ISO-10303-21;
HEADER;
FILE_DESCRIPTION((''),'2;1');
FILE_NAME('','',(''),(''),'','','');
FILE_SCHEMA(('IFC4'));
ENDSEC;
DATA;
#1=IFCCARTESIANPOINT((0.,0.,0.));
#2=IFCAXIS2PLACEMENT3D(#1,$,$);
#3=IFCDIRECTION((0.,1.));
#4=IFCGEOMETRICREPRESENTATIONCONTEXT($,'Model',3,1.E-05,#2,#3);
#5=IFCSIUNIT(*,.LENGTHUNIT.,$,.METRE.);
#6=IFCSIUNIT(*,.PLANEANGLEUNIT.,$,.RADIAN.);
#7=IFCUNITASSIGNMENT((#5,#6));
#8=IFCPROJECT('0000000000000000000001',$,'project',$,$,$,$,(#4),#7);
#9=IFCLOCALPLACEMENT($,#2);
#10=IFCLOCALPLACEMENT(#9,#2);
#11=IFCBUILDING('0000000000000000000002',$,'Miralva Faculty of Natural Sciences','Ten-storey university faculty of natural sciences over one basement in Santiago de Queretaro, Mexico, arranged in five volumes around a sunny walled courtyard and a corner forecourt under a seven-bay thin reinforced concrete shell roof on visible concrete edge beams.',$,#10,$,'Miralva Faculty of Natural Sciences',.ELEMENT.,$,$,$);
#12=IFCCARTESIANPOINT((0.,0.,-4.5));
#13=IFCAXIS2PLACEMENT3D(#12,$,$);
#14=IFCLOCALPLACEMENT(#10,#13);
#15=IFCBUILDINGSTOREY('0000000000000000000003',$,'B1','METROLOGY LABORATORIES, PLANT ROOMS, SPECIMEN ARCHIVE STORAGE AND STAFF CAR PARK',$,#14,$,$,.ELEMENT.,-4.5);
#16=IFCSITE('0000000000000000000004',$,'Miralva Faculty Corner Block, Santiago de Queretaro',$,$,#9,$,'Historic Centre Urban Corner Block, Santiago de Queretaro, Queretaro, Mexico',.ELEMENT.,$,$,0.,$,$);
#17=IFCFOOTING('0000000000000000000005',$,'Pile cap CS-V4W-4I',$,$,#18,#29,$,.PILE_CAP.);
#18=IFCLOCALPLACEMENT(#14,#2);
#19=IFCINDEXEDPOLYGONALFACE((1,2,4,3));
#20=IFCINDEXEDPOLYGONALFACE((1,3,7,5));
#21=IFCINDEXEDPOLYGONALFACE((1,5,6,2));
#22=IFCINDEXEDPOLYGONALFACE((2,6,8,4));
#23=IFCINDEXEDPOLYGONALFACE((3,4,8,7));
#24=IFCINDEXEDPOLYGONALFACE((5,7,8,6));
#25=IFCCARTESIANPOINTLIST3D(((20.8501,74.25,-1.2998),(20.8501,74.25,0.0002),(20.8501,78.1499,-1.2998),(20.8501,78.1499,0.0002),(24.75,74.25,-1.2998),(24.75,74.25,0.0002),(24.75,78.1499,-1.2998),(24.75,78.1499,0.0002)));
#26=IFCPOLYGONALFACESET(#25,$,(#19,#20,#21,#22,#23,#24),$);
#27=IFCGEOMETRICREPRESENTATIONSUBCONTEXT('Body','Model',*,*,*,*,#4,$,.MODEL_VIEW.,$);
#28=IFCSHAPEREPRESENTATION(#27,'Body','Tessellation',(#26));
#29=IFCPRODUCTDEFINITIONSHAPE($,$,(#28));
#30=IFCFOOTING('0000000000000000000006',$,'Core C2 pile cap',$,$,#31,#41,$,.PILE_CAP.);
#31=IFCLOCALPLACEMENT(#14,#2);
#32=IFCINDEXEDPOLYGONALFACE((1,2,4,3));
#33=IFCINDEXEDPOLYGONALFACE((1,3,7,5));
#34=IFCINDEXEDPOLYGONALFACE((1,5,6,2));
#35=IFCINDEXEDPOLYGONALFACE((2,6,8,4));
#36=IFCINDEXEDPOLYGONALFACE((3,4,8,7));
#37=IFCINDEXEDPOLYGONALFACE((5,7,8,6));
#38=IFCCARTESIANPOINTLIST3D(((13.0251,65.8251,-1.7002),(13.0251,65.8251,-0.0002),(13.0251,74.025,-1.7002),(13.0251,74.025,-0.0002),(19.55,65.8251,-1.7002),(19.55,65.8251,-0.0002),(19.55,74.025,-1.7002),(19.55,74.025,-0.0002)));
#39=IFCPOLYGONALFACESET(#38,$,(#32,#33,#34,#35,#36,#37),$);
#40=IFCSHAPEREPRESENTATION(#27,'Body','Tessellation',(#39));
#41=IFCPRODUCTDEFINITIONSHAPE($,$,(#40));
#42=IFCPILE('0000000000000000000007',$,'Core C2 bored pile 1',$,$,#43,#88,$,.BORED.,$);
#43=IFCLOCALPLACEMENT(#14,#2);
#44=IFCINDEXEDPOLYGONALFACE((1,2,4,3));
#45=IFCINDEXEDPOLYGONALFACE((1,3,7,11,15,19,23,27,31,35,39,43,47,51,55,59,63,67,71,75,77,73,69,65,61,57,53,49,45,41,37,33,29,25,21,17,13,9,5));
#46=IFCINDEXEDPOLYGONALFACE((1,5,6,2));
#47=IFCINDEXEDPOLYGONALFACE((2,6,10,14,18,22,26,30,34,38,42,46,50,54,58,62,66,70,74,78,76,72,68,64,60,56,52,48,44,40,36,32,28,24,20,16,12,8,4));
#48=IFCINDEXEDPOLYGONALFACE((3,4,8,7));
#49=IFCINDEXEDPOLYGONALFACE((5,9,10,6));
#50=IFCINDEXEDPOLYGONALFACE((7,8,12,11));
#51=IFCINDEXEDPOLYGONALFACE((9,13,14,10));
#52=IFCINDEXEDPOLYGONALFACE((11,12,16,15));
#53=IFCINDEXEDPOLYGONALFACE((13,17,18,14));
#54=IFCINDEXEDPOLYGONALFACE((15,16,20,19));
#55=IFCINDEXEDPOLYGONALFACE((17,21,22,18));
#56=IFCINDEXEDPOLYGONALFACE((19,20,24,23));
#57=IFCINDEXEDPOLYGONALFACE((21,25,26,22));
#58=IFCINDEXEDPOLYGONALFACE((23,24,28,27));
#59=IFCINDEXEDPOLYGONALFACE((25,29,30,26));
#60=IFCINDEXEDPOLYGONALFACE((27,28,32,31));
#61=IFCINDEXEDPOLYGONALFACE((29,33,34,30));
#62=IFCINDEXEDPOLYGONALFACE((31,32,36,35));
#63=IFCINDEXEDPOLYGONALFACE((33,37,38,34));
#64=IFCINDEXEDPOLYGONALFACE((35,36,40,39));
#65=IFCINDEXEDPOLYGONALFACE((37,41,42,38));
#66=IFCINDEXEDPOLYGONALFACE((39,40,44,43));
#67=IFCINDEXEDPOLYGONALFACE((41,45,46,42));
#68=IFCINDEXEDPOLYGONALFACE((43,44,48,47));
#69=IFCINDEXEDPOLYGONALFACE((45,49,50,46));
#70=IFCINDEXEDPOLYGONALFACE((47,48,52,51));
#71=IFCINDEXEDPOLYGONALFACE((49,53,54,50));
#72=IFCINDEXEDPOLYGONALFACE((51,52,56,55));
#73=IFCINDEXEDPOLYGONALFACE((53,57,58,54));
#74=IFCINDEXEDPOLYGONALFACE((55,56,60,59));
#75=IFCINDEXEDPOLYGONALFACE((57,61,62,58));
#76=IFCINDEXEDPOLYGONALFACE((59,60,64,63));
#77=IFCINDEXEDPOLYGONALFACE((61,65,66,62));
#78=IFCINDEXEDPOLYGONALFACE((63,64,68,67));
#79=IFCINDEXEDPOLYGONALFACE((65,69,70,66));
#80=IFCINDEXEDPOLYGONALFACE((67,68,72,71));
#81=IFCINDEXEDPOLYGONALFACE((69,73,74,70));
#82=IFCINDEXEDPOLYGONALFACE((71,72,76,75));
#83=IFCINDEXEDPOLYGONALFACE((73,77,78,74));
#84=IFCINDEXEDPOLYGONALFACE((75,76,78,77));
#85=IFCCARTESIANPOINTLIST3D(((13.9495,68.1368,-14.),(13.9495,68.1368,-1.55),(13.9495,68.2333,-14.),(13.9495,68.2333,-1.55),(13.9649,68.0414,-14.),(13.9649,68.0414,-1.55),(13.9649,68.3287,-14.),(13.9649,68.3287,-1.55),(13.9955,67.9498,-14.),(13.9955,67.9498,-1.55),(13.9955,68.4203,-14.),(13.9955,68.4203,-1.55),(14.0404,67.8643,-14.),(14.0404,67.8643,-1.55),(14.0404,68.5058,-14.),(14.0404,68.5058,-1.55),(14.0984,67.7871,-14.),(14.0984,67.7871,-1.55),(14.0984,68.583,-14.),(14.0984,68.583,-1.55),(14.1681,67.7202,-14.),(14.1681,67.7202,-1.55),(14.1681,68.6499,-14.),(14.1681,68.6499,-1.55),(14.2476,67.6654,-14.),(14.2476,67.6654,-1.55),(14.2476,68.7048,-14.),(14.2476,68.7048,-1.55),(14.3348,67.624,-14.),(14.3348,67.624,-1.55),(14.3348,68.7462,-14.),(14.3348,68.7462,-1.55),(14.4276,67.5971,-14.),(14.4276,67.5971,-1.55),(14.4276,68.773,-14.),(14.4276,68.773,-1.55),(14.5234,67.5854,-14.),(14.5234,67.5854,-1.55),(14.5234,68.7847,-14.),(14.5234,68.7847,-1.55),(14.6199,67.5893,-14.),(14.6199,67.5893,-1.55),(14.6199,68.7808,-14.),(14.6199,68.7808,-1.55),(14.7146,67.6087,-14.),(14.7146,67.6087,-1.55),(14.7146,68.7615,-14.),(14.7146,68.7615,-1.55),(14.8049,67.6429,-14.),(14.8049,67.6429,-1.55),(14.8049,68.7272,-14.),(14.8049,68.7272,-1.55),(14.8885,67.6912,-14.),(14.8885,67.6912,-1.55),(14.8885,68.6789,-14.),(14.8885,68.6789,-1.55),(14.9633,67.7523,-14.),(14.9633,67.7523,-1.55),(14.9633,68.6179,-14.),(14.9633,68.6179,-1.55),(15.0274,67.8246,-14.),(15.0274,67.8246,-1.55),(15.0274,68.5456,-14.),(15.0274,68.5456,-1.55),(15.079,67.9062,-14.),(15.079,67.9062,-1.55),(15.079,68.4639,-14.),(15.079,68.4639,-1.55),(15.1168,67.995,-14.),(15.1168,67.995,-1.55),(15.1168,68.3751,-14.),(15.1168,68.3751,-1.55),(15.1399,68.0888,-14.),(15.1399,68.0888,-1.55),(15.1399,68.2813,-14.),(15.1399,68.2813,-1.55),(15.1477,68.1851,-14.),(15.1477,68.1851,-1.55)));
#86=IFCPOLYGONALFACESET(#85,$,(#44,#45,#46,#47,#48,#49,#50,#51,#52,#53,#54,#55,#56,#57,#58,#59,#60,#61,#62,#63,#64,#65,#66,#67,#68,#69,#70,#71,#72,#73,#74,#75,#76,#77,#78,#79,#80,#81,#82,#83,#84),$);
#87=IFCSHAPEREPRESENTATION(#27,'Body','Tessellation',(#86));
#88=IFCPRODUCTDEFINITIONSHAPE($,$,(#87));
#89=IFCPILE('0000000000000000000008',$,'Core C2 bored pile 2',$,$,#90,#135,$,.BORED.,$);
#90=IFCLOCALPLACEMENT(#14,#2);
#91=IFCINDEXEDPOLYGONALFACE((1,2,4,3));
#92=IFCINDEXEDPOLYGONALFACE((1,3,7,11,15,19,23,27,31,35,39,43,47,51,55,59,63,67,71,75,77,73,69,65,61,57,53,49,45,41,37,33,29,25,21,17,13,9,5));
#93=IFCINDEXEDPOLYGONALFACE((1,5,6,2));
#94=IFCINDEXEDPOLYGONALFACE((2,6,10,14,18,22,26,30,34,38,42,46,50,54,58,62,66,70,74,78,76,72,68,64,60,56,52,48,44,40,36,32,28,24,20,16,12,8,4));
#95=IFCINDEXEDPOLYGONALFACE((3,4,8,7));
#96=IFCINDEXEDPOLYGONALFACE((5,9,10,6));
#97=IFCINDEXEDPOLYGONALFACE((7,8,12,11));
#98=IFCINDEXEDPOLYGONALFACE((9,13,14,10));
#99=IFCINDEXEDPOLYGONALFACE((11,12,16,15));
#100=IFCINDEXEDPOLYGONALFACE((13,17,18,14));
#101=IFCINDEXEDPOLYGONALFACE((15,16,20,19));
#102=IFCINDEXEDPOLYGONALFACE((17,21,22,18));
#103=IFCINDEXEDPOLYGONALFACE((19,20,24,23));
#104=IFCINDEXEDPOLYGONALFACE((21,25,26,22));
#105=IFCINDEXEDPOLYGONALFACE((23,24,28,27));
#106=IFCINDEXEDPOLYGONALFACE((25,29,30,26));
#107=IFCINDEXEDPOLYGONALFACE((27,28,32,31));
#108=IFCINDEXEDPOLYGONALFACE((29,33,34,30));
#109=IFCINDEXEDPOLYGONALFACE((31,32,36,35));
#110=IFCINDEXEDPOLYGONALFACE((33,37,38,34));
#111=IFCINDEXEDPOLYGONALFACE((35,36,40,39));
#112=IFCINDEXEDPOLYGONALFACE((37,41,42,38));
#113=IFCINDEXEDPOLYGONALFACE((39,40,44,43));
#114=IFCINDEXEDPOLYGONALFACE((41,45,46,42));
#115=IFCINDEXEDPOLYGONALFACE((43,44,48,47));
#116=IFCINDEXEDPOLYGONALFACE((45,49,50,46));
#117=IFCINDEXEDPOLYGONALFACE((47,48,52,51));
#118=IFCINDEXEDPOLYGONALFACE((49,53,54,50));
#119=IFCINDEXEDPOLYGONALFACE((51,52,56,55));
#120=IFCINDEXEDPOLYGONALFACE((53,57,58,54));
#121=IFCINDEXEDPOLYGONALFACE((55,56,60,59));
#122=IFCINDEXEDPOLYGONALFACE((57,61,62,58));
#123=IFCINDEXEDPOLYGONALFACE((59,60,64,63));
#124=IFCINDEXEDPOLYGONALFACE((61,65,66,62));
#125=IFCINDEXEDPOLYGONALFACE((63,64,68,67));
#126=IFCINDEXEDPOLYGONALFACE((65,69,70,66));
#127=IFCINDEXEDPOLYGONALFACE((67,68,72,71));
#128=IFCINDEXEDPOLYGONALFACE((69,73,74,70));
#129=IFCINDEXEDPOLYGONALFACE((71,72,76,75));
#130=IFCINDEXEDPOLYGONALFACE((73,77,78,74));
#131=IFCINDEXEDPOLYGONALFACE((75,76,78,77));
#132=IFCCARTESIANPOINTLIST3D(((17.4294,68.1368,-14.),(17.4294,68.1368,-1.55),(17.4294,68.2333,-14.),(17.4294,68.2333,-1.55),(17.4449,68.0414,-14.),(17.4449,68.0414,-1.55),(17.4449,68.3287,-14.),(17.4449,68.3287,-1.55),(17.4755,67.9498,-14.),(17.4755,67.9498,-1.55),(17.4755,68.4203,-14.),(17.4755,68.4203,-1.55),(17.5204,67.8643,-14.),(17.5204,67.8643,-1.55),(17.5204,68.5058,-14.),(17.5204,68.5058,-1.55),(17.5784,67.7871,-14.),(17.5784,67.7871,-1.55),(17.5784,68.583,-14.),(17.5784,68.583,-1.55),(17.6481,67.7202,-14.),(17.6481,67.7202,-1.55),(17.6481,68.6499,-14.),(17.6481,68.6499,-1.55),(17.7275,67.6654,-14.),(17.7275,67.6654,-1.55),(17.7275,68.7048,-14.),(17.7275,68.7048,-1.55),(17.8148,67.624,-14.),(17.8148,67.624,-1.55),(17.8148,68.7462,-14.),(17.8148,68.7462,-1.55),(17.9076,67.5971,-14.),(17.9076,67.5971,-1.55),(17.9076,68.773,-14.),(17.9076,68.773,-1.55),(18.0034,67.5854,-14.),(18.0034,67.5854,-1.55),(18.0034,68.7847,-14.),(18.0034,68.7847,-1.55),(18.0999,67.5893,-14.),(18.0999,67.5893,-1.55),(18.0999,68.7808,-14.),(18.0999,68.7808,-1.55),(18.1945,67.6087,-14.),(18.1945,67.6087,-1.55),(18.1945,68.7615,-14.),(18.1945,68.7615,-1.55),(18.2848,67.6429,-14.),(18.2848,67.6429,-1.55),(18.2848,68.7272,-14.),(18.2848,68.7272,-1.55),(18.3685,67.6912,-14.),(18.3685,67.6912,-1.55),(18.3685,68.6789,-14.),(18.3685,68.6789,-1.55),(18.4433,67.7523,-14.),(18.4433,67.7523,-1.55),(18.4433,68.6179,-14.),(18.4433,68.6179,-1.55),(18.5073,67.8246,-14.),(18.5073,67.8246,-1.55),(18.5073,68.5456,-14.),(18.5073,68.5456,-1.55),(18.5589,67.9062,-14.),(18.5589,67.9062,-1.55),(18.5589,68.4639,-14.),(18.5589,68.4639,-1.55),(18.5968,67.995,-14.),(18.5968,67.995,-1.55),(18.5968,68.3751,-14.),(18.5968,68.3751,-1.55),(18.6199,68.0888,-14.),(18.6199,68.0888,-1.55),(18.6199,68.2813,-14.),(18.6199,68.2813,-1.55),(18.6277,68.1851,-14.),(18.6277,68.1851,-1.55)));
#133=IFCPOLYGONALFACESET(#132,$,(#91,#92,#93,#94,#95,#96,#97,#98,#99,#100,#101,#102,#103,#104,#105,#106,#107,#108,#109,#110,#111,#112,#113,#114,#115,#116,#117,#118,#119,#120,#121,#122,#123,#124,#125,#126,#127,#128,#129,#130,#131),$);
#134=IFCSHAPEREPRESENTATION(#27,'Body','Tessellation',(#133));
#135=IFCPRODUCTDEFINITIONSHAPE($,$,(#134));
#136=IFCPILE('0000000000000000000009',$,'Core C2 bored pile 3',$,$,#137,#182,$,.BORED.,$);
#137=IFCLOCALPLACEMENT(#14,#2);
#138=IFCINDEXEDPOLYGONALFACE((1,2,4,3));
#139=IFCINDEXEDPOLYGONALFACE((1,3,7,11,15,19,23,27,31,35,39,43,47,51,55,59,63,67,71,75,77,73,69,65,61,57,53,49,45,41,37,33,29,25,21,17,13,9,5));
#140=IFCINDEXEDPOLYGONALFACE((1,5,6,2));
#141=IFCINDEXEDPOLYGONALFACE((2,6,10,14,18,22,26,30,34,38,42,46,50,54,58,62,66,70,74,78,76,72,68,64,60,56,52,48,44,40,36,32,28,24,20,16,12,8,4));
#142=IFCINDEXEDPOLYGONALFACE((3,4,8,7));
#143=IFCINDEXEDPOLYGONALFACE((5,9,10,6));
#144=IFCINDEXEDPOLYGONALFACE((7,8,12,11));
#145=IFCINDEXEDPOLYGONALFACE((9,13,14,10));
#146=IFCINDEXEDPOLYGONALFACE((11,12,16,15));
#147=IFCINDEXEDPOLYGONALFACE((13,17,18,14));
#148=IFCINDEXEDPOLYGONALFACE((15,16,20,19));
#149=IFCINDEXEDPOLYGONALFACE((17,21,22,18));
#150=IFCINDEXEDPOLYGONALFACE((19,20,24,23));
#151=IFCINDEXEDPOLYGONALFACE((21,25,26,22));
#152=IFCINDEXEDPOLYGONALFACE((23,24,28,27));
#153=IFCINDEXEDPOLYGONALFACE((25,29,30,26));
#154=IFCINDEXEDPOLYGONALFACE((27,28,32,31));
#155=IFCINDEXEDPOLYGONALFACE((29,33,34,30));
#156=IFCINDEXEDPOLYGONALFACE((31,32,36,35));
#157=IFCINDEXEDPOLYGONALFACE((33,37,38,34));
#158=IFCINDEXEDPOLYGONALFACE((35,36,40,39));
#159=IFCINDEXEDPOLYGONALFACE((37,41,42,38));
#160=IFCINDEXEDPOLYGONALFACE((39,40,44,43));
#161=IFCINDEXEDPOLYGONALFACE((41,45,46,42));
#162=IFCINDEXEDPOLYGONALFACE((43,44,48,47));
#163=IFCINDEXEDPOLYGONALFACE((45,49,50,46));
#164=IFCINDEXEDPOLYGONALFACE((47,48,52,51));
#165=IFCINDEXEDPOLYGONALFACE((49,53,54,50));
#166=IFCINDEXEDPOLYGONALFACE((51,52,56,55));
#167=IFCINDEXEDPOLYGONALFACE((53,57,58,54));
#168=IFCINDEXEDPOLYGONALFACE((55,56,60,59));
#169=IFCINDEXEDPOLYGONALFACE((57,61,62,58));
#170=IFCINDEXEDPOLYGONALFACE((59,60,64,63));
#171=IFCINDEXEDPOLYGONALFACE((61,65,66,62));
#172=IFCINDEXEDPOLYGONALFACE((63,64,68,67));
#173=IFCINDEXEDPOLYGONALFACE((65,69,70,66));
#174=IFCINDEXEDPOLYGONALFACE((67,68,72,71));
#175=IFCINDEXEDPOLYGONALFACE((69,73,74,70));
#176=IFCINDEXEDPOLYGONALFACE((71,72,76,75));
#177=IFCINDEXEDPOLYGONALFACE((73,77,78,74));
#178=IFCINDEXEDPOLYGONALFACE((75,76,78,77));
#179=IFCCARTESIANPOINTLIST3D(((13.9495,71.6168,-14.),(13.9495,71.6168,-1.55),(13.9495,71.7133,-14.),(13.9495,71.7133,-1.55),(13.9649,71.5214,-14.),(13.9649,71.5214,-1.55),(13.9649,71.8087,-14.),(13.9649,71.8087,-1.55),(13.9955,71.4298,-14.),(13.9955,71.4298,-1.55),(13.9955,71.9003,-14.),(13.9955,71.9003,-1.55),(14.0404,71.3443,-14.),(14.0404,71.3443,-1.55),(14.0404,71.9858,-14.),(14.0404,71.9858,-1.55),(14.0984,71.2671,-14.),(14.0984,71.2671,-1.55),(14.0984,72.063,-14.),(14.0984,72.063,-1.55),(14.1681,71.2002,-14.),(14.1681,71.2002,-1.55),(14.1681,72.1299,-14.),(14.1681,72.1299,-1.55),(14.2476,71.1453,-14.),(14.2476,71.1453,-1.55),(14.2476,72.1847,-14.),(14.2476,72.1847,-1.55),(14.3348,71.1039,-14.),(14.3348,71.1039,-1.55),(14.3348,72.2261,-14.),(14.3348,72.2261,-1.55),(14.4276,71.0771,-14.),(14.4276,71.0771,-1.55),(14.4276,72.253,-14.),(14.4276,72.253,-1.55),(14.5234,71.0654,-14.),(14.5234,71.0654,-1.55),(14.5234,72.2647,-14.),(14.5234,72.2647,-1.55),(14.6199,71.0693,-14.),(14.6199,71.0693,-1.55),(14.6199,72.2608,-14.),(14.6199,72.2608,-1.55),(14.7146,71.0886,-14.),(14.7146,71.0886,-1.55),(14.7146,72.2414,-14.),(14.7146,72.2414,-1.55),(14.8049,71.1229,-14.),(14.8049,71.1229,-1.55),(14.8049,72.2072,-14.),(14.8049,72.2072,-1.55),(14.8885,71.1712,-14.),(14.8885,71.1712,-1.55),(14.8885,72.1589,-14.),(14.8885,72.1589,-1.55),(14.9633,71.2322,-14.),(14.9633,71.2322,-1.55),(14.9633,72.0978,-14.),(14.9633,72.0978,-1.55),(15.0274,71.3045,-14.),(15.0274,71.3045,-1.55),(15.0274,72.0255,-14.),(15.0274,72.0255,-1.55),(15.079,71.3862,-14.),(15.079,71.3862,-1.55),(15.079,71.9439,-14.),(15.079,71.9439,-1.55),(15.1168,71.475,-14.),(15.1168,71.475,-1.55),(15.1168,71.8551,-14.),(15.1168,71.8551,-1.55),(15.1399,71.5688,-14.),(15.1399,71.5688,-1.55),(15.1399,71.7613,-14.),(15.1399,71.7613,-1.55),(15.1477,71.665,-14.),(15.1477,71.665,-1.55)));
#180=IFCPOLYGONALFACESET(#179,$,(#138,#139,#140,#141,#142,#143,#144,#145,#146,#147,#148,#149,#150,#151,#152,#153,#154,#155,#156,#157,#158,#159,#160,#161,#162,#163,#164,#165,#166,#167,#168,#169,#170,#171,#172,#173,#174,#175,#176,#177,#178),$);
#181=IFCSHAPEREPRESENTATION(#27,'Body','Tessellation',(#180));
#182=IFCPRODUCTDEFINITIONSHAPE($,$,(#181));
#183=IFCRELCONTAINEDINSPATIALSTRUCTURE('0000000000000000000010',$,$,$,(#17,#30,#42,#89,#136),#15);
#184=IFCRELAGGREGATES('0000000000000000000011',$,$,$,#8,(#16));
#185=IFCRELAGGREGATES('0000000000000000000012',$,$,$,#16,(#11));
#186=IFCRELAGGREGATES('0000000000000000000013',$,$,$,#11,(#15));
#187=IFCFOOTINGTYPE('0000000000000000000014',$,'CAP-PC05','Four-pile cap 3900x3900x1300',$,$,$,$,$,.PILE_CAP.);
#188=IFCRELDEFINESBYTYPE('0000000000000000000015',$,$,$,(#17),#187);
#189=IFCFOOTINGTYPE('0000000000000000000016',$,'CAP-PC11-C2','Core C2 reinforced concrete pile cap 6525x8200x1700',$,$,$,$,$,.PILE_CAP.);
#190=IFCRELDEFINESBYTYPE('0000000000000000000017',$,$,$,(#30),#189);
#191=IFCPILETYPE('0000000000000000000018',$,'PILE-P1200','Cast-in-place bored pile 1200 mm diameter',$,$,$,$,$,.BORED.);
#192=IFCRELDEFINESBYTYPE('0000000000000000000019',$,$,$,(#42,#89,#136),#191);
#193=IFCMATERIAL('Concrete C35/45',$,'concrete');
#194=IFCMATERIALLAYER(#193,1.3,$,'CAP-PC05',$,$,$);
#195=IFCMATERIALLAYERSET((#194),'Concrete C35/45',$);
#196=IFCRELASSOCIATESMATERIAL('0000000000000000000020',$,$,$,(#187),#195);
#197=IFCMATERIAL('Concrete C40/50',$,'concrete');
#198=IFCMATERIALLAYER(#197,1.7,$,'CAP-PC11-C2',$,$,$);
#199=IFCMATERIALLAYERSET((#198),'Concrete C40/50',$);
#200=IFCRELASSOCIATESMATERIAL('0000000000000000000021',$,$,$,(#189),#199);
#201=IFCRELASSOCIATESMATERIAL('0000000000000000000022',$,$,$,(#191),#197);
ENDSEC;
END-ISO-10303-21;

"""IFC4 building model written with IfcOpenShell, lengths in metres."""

from ifc_helpers import new_model, si_unit, direction, frame, origin, origin_2d, place, context, subcontext, project, spatial, rectangle, circle, extrude, material, layer, layer_set, material_profile, profile_set, type_object, element, save


model = new_model("IFC4")

# Units and contexts
model_context = context("Model", 3, precision=1e-05, world=origin(), true_north=direction((0.0, 1.0)))
body_context = subcontext(model_context, "Body", "Model", "MODEL_VIEW")
ifc_project = project(units=[si_unit("LENGTHUNIT", "METRE"), si_unit("PLANEANGLEUNIT", "RADIAN")], contexts=[model_context])

# Site, building, storey
site_placement = place(None, origin())
site = spatial("IfcSite", under=ifc_project, at=site_placement, Name="Miralva Faculty Corner Block, Santiago de Queretaro", LongName="Historic Centre Urban Corner Block, Santiago de Queretaro, Queretaro, Mexico", CompositionType="ELEMENT", RefElevation=0.0)
building_placement = place(site_placement, origin())
building = spatial("IfcBuilding", under=site, at=building_placement, Name="Miralva Faculty of Natural Sciences", Description="Ten-storey university faculty of natural sciences over one basement in Santiago de Queretaro, Mexico, arranged in five volumes around a sunny walled courtyard and a corner forecourt under a seven-bay thin reinforced concrete shell roof on visible concrete edge beams.", LongName="Miralva Faculty of Natural Sciences", CompositionType="ELEMENT")
storey_placement = place(building_placement, frame((0.0, 0.0, -4.5)))
storey = spatial("IfcBuildingStorey", under=building, at=storey_placement, Name="B1", Description="METROLOGY LABORATORIES, PLANT ROOMS, SPECIMEN ARCHIVE STORAGE AND STAFF CAR PARK", CompositionType="ELEMENT", Elevation=-4.5)

# Footings
ifc_material_1 = material(Name="Concrete C35/45", Category="concrete")
ifc_layer_1 = layer(ifc_material_1, 1.3, Name="CAP-PC05")
ifc_layer_set_1 = layer_set([ifc_layer_1], Name="Concrete C35/45")
footing_type_1 = type_object("IfcFootingType", Name="CAP-PC05", Description="Four-pile cap 3900x3900x1300", PredefinedType="PILE_CAP", material=ifc_layer_set_1)
footing_1_placement = place(storey_placement, frame((22.8, 76.2, -1.2998), z_axis=(0.0, 0.0, 1.0), x_axis=(1.0, 0.0, 0.0)))
element("IfcFooting", 1, at=footing_1_placement, inside=storey, type_object=footing_type_1, Name="Pile cap CS-V4W-4I", PredefinedType="PILE_CAP", context=body_context, shape_type="SweptSolid", body=[
    extrude(rectangle(XDim=3.8999, YDim=3.8999, at=origin_2d()), origin(), (0.0, 0.0, 1.0), 1.3),
])
ifc_material_2 = material(Name="Concrete C40/50", Category="concrete")
ifc_layer_2 = layer(ifc_material_2, 1.7, Name="CAP-PC11-C2")
ifc_layer_set_2 = layer_set([ifc_layer_2], Name="Concrete C40/50")
footing_type_2 = type_object("IfcFootingType", Name="CAP-PC11-C2", Description="Core C2 reinforced concrete pile cap 6525x8200x1700", PredefinedType="PILE_CAP", material=ifc_layer_set_2)
footing_2_placement = place(storey_placement, frame((16.2876, 69.925, -1.7002), z_axis=(0.0, 0.0, 1.0), x_axis=(1.0, 0.0, 0.0)))
element("IfcFooting", 2, at=footing_2_placement, inside=storey, type_object=footing_type_2, Name="Core C2 pile cap", PredefinedType="PILE_CAP", context=body_context, shape_type="SweptSolid", body=[
    extrude(rectangle(XDim=6.5249, YDim=8.2, at=origin_2d()), origin(), (0.0, 0.0, 1.0), 1.7),
])

# Piles
ifc_material_profile_1 = material_profile(ifc_material_2, circle(Radius=0.6001, at=origin_2d()), Name="BORED PILE 1200")
ifc_profile_set_1 = profile_set([ifc_material_profile_1], Name="Concrete C40/50")
pile_type_1 = type_object("IfcPileType", Name="PILE-P1200", Description="Cast-in-place bored pile 1200 mm diameter", PredefinedType="BORED", material=ifc_profile_set_1)
for number, where, z_axis, x_axis, name in (
    (3, (14.5476, 68.1851, -1.55), (0.0, 0.0, -1.0), (1.0, 0.0, 0.0), "Core C2 bored pile 1"),
    (4, (18.0276, 68.1851, -1.55), (0.0, 0.0, -1.0), (1.0, 0.0, 0.0), "Core C2 bored pile 2"),
    (5, (14.5476, 71.665, -1.55), (0.0, 0.0, -1.0), (1.0, 0.0, 0.0), "Core C2 bored pile 3"),
):
    element("IfcPile", number, at=place(storey_placement, frame(where, z_axis=z_axis, x_axis=x_axis)), inside=storey, type_object=pile_type_1, Name=name, PredefinedType="BORED", context=body_context, shape_type="SweptSolid", body=[
        extrude(circle(Radius=0.6001, at=origin_2d()), origin(), (0.0, 0.0, 1.0), 12.45),
    ])

save(model, "model.ifc")
